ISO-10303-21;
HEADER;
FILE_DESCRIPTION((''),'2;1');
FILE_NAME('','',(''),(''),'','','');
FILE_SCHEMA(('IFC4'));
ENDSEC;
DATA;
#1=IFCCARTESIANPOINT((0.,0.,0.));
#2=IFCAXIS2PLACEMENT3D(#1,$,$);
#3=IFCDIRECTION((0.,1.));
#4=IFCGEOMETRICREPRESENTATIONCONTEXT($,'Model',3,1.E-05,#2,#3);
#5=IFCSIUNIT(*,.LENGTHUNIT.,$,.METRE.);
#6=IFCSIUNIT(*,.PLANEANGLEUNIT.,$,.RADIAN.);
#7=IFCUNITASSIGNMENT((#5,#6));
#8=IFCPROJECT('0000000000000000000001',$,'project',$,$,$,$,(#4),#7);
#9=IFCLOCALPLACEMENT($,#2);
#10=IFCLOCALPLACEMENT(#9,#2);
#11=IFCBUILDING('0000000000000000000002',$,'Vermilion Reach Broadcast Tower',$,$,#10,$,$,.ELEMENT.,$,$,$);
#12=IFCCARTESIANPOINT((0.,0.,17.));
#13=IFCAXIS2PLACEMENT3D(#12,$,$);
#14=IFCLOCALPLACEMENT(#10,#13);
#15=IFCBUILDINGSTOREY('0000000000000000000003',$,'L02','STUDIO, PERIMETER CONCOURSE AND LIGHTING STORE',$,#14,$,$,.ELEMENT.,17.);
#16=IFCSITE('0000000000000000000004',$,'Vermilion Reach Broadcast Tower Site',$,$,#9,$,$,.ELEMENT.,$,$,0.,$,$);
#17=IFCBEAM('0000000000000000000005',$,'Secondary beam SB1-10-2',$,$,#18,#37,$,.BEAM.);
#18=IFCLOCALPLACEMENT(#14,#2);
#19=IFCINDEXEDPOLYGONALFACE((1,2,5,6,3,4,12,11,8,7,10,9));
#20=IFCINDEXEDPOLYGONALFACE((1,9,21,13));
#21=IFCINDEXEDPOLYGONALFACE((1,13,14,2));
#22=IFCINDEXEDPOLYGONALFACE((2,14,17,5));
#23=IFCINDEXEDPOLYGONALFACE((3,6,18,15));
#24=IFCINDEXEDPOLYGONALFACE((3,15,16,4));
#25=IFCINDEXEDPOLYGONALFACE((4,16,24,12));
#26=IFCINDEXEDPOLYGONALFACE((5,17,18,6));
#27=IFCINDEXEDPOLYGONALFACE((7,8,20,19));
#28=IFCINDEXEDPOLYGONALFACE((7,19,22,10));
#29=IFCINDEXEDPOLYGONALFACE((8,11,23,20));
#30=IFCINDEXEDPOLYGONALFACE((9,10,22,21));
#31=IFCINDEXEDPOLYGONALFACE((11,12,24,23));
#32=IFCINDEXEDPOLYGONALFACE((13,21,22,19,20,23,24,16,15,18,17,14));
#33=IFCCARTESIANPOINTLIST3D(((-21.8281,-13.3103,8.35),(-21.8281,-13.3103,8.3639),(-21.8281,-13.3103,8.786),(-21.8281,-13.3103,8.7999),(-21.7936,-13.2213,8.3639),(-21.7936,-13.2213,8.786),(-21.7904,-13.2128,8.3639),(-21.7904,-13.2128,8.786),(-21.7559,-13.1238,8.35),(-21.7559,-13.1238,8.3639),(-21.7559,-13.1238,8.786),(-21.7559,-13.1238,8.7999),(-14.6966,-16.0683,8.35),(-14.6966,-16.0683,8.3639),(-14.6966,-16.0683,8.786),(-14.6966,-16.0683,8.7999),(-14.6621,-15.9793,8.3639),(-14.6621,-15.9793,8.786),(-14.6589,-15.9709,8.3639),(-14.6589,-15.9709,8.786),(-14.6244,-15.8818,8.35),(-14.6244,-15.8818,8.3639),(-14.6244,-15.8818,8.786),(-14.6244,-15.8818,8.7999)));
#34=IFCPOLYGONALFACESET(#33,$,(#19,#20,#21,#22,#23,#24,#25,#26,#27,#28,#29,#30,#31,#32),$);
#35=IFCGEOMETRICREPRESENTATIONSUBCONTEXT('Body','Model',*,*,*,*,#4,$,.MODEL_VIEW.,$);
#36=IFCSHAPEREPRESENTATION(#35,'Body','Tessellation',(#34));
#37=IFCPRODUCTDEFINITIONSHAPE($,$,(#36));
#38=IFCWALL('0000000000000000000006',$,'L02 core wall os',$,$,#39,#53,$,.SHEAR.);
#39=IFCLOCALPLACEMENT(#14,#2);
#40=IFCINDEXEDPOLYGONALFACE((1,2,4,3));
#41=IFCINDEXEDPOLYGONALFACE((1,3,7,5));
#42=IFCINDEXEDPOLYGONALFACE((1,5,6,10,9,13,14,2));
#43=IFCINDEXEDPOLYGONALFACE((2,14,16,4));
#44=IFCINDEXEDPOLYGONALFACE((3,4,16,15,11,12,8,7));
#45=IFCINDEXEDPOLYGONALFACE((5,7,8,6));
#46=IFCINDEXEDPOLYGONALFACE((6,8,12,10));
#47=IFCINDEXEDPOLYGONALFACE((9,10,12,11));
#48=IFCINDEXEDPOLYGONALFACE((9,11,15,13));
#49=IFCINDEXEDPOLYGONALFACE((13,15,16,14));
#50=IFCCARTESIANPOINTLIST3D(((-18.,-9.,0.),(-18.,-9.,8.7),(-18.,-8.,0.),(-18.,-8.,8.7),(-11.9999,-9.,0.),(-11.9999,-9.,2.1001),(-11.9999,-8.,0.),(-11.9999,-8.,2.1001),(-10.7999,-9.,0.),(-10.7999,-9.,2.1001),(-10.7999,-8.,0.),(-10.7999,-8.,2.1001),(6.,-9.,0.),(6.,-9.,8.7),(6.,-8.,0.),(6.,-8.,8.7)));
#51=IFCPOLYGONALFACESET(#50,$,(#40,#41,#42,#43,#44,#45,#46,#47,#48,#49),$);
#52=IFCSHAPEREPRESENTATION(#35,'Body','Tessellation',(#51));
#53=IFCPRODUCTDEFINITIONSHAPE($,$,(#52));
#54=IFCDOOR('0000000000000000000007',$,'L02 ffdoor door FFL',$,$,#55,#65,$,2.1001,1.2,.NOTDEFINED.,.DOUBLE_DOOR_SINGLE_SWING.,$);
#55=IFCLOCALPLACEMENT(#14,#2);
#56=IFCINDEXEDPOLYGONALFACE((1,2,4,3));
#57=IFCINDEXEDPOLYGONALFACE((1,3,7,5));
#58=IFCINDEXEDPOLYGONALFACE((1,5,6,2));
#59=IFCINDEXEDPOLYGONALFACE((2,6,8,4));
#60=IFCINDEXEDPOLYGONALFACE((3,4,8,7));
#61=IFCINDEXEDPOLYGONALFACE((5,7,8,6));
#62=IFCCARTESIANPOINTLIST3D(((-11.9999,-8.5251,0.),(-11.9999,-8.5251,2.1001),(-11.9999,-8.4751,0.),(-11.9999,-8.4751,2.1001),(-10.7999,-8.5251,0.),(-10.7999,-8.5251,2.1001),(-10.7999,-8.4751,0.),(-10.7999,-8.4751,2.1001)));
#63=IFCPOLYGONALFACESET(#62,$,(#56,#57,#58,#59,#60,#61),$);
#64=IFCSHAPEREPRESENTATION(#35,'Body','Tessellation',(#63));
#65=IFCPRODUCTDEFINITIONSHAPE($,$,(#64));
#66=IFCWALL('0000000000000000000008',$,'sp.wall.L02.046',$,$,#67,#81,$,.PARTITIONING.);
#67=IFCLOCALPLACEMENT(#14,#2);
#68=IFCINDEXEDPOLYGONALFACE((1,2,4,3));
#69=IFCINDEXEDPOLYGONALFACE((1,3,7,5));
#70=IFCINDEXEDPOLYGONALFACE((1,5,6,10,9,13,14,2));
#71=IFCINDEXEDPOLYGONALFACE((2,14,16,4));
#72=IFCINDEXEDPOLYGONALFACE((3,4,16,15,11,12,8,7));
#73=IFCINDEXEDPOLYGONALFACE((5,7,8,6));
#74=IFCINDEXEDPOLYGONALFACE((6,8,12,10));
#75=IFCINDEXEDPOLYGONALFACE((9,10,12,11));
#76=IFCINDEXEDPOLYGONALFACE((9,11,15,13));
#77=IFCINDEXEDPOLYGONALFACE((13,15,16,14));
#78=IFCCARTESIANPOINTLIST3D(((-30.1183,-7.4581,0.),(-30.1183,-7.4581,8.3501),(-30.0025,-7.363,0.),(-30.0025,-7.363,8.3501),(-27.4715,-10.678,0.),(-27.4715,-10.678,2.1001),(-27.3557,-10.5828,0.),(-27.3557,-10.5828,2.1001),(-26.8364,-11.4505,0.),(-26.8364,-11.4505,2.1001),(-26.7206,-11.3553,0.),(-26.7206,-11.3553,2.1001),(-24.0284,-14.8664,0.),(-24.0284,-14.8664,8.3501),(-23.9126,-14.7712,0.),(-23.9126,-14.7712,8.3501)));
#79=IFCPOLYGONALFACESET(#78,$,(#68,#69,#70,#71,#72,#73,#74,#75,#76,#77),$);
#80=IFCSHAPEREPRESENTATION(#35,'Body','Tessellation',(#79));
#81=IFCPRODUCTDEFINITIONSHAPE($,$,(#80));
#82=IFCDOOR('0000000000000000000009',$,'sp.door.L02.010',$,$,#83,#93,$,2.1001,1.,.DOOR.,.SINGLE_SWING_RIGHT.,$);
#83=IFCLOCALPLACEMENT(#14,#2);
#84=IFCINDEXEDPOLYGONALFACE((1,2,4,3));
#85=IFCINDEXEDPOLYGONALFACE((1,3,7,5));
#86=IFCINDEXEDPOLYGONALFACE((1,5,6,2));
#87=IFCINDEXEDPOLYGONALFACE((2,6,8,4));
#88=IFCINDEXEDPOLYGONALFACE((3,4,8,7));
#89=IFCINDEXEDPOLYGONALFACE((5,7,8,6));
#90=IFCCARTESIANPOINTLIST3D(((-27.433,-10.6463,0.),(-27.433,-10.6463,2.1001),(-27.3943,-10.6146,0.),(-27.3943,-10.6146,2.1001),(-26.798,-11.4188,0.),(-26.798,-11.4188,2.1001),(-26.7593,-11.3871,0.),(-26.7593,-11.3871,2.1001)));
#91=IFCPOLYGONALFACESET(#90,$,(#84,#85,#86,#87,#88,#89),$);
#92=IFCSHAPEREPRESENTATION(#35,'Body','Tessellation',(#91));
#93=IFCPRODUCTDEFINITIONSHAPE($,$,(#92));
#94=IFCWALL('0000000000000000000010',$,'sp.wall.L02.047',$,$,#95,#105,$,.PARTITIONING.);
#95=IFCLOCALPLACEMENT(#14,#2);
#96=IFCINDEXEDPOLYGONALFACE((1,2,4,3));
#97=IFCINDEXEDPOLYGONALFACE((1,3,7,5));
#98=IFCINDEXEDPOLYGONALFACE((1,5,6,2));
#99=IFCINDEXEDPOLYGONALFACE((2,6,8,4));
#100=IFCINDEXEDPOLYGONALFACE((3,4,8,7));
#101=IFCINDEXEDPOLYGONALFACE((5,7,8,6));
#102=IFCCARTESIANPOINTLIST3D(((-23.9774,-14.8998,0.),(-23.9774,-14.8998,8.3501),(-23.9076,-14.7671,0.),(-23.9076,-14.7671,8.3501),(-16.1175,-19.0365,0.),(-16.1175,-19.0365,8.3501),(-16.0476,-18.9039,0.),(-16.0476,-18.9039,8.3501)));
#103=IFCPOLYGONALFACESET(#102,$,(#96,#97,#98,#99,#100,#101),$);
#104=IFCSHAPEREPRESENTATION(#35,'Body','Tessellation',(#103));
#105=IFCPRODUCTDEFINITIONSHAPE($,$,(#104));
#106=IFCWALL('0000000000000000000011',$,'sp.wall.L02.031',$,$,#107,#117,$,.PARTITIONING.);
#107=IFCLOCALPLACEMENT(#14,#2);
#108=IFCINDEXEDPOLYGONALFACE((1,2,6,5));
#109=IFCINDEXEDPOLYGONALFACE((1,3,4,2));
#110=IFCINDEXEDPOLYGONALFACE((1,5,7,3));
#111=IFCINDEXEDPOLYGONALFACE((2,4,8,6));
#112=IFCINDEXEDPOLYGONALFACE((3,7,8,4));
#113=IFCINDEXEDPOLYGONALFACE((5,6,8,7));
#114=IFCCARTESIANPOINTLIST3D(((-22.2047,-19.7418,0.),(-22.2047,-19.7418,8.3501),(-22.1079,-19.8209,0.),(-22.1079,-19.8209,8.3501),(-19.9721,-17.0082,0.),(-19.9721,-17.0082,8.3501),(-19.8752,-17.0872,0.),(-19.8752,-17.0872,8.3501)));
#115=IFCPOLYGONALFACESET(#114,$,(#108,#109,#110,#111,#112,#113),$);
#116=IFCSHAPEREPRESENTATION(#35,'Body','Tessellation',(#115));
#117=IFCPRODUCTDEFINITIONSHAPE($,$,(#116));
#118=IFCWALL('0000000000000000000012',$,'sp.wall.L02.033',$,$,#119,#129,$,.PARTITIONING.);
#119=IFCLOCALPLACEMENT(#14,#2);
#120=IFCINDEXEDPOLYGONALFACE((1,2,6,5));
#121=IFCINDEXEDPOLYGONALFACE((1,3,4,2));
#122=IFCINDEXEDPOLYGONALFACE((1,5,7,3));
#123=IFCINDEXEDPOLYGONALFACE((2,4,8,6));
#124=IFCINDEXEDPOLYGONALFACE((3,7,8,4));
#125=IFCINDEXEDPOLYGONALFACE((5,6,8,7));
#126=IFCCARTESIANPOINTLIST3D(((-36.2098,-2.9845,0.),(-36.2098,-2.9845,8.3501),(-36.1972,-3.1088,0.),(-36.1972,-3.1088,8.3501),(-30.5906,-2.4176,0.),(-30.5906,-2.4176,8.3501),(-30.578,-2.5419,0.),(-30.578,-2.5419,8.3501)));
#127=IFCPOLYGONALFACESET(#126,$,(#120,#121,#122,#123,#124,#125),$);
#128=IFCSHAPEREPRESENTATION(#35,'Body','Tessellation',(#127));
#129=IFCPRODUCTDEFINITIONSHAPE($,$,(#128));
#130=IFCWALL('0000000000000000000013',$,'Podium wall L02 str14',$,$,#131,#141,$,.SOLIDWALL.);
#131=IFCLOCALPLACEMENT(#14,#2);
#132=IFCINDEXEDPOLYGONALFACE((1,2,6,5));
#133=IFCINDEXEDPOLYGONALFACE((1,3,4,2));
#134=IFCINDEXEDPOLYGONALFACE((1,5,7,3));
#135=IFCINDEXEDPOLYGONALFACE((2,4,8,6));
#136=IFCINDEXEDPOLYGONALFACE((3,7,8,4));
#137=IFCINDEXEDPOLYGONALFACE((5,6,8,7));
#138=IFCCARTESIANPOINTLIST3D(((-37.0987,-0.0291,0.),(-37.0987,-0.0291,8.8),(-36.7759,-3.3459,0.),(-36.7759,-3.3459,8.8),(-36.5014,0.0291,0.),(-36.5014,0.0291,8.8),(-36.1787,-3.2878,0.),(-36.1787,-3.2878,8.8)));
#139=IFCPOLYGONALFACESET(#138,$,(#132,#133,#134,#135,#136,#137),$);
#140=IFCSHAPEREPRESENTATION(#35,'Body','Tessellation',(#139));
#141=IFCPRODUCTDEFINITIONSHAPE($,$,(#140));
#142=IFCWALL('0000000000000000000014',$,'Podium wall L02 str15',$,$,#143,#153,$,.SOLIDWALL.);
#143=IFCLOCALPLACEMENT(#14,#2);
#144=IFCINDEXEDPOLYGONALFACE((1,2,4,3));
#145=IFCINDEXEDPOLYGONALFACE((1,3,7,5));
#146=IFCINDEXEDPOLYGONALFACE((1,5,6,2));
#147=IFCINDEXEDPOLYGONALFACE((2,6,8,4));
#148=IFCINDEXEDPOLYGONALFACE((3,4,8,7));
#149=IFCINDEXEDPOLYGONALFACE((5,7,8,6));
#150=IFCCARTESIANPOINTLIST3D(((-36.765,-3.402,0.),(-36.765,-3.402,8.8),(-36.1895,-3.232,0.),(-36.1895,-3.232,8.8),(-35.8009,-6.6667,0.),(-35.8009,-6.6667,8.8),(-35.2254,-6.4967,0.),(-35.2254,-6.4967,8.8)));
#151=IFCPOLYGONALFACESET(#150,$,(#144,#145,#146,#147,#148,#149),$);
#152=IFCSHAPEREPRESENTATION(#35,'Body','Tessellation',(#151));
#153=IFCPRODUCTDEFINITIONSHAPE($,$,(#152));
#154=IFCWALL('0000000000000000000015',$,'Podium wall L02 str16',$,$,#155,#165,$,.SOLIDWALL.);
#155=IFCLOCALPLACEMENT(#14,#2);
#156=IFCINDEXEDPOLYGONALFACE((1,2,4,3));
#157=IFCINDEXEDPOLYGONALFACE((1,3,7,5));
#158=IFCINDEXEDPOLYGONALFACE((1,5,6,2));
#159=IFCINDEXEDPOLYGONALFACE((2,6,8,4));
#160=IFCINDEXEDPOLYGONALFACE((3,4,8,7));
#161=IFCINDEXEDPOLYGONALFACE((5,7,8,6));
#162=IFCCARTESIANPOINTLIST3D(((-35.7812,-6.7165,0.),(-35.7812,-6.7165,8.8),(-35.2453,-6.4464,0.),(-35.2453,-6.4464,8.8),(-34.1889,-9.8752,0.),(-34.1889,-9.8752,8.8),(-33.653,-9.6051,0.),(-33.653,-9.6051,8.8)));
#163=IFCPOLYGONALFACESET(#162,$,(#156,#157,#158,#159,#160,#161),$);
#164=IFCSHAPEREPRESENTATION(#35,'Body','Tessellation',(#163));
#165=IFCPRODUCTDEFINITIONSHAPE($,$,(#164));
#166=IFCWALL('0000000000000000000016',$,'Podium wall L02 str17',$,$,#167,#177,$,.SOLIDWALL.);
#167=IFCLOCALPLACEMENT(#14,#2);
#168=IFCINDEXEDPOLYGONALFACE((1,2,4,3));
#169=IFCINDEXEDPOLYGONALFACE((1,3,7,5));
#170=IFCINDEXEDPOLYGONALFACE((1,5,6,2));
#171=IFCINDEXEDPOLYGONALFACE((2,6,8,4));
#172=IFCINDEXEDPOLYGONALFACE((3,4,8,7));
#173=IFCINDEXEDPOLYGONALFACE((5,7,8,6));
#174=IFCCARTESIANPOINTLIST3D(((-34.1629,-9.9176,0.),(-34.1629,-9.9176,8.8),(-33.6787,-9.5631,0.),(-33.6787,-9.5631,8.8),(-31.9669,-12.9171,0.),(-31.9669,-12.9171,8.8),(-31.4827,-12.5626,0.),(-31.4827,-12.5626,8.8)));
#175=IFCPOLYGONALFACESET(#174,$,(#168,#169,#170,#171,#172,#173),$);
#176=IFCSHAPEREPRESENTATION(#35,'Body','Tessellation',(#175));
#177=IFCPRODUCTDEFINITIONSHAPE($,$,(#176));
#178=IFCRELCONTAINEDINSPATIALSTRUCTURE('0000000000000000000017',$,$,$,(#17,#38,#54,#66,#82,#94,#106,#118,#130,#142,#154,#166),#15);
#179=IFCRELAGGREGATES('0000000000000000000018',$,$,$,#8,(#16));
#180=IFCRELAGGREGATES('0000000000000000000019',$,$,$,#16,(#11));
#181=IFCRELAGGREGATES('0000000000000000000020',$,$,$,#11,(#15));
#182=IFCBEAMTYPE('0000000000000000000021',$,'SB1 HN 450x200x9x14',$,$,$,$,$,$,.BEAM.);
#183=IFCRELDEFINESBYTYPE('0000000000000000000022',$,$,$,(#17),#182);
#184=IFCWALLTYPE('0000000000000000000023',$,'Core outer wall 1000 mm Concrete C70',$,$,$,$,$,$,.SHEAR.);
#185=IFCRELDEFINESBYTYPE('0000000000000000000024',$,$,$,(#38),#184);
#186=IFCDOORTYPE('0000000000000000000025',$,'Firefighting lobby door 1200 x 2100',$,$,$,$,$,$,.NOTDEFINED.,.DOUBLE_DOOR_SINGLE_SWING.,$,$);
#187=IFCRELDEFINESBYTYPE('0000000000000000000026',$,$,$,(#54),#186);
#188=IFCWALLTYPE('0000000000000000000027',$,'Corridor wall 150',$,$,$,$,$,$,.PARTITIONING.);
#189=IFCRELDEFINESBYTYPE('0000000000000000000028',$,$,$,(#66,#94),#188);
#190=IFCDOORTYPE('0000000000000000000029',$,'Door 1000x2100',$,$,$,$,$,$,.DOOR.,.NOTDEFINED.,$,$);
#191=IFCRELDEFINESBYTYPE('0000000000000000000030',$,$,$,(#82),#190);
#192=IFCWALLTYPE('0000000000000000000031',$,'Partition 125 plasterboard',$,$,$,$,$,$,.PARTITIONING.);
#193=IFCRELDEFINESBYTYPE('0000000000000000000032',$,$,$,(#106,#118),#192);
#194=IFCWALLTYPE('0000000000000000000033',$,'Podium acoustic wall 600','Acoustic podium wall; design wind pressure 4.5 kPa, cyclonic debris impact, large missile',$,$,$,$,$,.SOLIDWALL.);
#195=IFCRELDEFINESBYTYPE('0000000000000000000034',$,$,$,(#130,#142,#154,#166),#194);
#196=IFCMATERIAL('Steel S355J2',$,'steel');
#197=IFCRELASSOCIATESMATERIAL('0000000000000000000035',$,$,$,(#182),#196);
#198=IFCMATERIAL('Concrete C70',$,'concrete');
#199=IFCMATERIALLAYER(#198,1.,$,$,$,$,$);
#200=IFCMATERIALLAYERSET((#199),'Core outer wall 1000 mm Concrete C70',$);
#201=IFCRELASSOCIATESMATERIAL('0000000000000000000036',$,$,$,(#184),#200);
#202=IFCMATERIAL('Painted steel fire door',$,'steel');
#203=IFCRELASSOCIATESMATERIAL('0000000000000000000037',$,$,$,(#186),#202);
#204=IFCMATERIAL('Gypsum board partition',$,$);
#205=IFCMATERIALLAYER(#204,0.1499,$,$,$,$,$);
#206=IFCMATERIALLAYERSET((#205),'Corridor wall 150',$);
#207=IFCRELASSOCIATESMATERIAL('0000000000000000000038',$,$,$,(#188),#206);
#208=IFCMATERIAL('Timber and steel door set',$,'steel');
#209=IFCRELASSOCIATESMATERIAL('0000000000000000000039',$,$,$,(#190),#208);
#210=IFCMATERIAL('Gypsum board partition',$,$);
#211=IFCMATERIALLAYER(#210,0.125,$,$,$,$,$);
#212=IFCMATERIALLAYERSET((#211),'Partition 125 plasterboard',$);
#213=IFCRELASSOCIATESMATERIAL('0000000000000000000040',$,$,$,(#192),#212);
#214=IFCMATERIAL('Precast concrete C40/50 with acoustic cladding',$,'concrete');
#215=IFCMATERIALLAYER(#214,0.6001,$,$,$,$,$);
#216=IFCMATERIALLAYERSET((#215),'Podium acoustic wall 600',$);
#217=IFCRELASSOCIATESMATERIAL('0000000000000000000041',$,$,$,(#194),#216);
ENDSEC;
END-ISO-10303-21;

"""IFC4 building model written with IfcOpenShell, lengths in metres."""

from ifc_helpers import new_model, si_unit, direction, frame, frame_2d, origin, origin_2d, place, context, subcontext, project, spatial, rectangle, i_section, extrude, material, layer, layer_set, material_profile, profile_set, type_object, element, fill, save


model = new_model("IFC4")

# Units and contexts
model_context = context("Model", 3, precision=1e-05, world=origin(), true_north=direction((0.0, 1.0)))
body_context = subcontext(model_context, "Body", "Model", "MODEL_VIEW")
ifc_project = project(units=[si_unit("LENGTHUNIT", "METRE"), si_unit("PLANEANGLEUNIT", "RADIAN")], contexts=[model_context])

# Site, building, storey
site_placement = place(None, origin())
site = spatial("IfcSite", under=ifc_project, at=site_placement, Name="Vermilion Reach Broadcast Tower Site", CompositionType="ELEMENT", RefElevation=0.0)
building_placement = place(site_placement, origin())
building = spatial("IfcBuilding", under=site, at=building_placement, Name="Vermilion Reach Broadcast Tower", CompositionType="ELEMENT")
storey_placement = place(building_placement, frame((0.0, 0.0, 17.0)))
storey = spatial("IfcBuildingStorey", under=building, at=storey_placement, Name="L02", Description="STUDIO, PERIMETER CONCOURSE AND LIGHTING STORE", CompositionType="ELEMENT", Elevation=17.0)

# Beam
ifc_material_1 = material(Name="Steel S355J2", Category="steel")
ifc_material_profile_1 = material_profile(ifc_material_1, i_section(OverallWidth=0.2, OverallDepth=0.45, WebThickness=0.009, FlangeThickness=0.0139, at=origin_2d()), Name="S355J2 HN 450x200x9x14")
ifc_profile_set_1 = profile_set([ifc_material_profile_1], Name="Steel S355J2")
beam_type_1 = type_object("IfcBeamType", Name="SB1 HN 450x200x9x14", PredefinedType="BEAM", material=ifc_profile_set_1)
beam_1_placement = place(storey_placement, frame((-21.792, -13.217, 8.575), z_axis=(0.932681, -0.360703, 0.0), x_axis=(0.360703, 0.932681, 0.0)))
element("IfcBeam", 1, at=beam_1_placement, inside=storey, type_object=beam_type_1, Name="Secondary beam SB1-10-2", PredefinedType="BEAM", context=body_context, shape_type="SweptSolid", body=[
    extrude(i_section(OverallWidth=0.2, OverallDepth=0.45, WebThickness=0.009, FlangeThickness=0.0139, at=origin_2d()), origin(), (0.0, 0.0, 1.0), 7.6462),
])

# Walls, openings, doors
ifc_material_2 = material(Name="Concrete C70", Category="concrete")
ifc_layer_1 = layer(ifc_material_2, 1.0)
ifc_layer_set_1 = layer_set([ifc_layer_1], Name="Core outer wall 1000 mm Concrete C70")
wall_type_1 = type_object("IfcWallType", Name="Core outer wall 1000 mm Concrete C70", PredefinedType="SHEAR", material=ifc_layer_set_1)
wall_1_placement = place(storey_placement, frame((-18.0, -8.5, 0.0), z_axis=(0.0, 0.0, 1.0), x_axis=(1.0, 0.0, 0.0)))
wall_1 = element("IfcWall", 2, at=wall_1_placement, inside=storey, type_object=wall_type_1, Name="L02 core wall os", PredefinedType="SHEAR", context=body_context, shape_type="SweptSolid", body=[
    extrude(rectangle(XDim=24.0, YDim=1.0, at=frame_2d((12.0, 0.0))), origin(), (0.0, 0.0, 1.0), 8.7),
])
opening_1_placement = place(wall_1_placement, frame((6.0, 0.0, 0.0)))
opening_1 = element("IfcOpeningElement", 3, at=opening_1_placement, cuts=wall_1, PredefinedType="OPENING", context=body_context, shape_type="SweptSolid", body=[
    extrude(rectangle(XDim=1.2, YDim=2.1001, at=frame_2d((0.6001, 1.05))), frame((0.0, 0.51, 0.0), z_axis=(0.0, -1.0, 0.0), x_axis=(1.0, 0.0, 0.0)), (0.0, 0.0, 1.0), 1.02),
])
ifc_material_3 = material(Name="Painted steel fire door", Category="steel")
door_type_1 = type_object("IfcDoorType", Name="Firefighting lobby door 1200 x 2100", OperationType="DOUBLE_DOOR_SINGLE_SWING", PredefinedType="NOTDEFINED", material=ifc_material_3)
door_1_placement = place(opening_1_placement, origin())
door_1 = element("IfcDoor", 4, at=door_1_placement, inside=storey, type_object=door_type_1, Name="L02 ffdoor door FFL", OperationType="DOUBLE_DOOR_SINGLE_SWING", OverallHeight=2.1001, OverallWidth=1.2, PredefinedType="NOTDEFINED", context=body_context, shape_type="SweptSolid", body=[
    extrude(rectangle(XDim=1.2, YDim=2.1001, at=frame_2d((0.6001, 1.05))), frame((0.0, 0.0249, 0.0), z_axis=(0.0, -1.0, 0.0), x_axis=(1.0, 0.0, 0.0)), (0.0, 0.0, 1.0), 0.05),
])
fill(opening_1, door_1)
ifc_material_4 = material(Name="Gypsum board partition")
ifc_layer_2 = layer(ifc_material_4, 0.1499)
ifc_layer_set_2 = layer_set([ifc_layer_2], Name="Corridor wall 150")
wall_type_2 = type_object("IfcWallType", Name="Corridor wall 150", PredefinedType="PARTITIONING", material=ifc_layer_set_2)
wall_2_placement = place(storey_placement, frame((-30.0603, -7.4106, 0.0), z_axis=(0.0, 0.0, 1.0), x_axis=(0.635022, -0.772494, 0.0)))
wall_2 = element("IfcWall", 5, at=wall_2_placement, inside=storey, type_object=wall_type_2, Name="sp.wall.L02.046", PredefinedType="PARTITIONING", context=body_context, shape_type="SweptSolid", body=[
    extrude(rectangle(XDim=9.5901, YDim=0.1499, at=frame_2d((4.7949, 0.0))), origin(), (0.0, 0.0, 1.0), 8.3501),
])
opening_2_placement = place(wall_2_placement, frame((4.168, 0.0, 0.0)))
opening_2 = element("IfcOpeningElement", 6, at=opening_2_placement, cuts=wall_2, PredefinedType="OPENING", context=body_context, shape_type="SweptSolid", body=[
    extrude(rectangle(XDim=1.0, YDim=2.1001, at=frame_2d((0.5, 1.05))), frame((0.0, 0.085, 0.0), z_axis=(0.0, -1.0, 0.0), x_axis=(1.0, 0.0, 0.0)), (0.0, 0.0, 1.0), 0.1699),
])
ifc_material_5 = material(Name="Timber and steel door set", Category="steel")
door_type_2 = type_object("IfcDoorType", Name="Door 1000x2100", OperationType="NOTDEFINED", PredefinedType="DOOR", material=ifc_material_5)
door_2_placement = place(opening_2_placement, origin())
door_2 = element("IfcDoor", 7, at=door_2_placement, inside=storey, type_object=door_type_2, Name="sp.door.L02.010", OperationType="SINGLE_SWING_RIGHT", OverallHeight=2.1001, OverallWidth=1.0, PredefinedType="DOOR", context=body_context, shape_type="SweptSolid", body=[
    extrude(rectangle(XDim=1.0, YDim=2.1001, at=frame_2d((0.5, 1.05))), frame((0.0, 0.0249, 0.0), z_axis=(0.0, -1.0, 0.0), x_axis=(1.0, 0.0, 0.0)), (0.0, 0.0, 1.0), 0.05),
])
fill(opening_2, door_2)

# Walls
wall_3_placement = place(storey_placement, frame((-23.9424, -14.8335, 0.0), z_axis=(0.0, 0.0, 1.0), x_axis=(0.884921, -0.465742, 0.0)))
element("IfcWall", 8, at=wall_3_placement, inside=storey, type_object=wall_type_2, Name="sp.wall.L02.047", PredefinedType="PARTITIONING", context=body_context, shape_type="SweptSolid", body=[
    extrude(rectangle(XDim=8.8821, YDim=0.1499, at=frame_2d((4.4409, 0.0))), origin(), (0.0, 0.0, 1.0), 8.3501),
])
ifc_material_6 = material(Name="Gypsum board partition")
ifc_layer_3 = layer(ifc_material_6, 0.125)
ifc_layer_set_3 = layer_set([ifc_layer_3], Name="Partition 125 plasterboard")
wall_type_3 = type_object("IfcWallType", Name="Partition 125 plasterboard", PredefinedType="PARTITIONING", material=ifc_layer_set_3)
wall_4_placement = place(storey_placement, frame((-22.1562, -19.7812, 0.0), z_axis=(0.0, 0.0, 1.0), x_axis=(0.632567, 0.774506, 0.0)))
element("IfcWall", 9, at=wall_4_placement, inside=storey, type_object=wall_type_3, Name="sp.wall.L02.031", PredefinedType="PARTITIONING", context=body_context, shape_type="SweptSolid", body=[
    extrude(rectangle(XDim=3.5295, YDim=0.125, at=frame_2d((1.7646, 0.0))), origin(), (0.0, 0.0, 1.0), 8.3501),
])
wall_5_placement = place(storey_placement, frame((-36.2034, -3.0466, 0.0), z_axis=(0.0, 0.0, 1.0), x_axis=(0.994949, 0.100377, 0.0)))
element("IfcWall", 10, at=wall_5_placement, inside=storey, type_object=wall_type_3, Name="sp.wall.L02.033", PredefinedType="PARTITIONING", context=body_context, shape_type="SweptSolid", body=[
    extrude(rectangle(XDim=5.6477, YDim=0.125, at=frame_2d((2.8237, 0.0))), origin(), (0.0, 0.0, 1.0), 8.3501),
])
ifc_material_7 = material(Name="Precast concrete C40/50 with acoustic cladding", Category="concrete")
ifc_layer_4 = layer(ifc_material_7, 0.6001)
ifc_layer_set_4 = layer_set([ifc_layer_4], Name="Podium acoustic wall 600")
wall_type_4 = type_object("IfcWallType", Name="Podium acoustic wall 600", Description="Acoustic podium wall; design wind pressure 4.5 kPa, cyclonic debris impact, large missile", PredefinedType="SOLIDWALL", material=ifc_layer_set_4)
wall_6_placement = place(storey_placement, frame((-36.8, 0.0, 0.0), z_axis=(0.0, 0.0, 1.0), x_axis=(0.096849, -0.995299, 0.0)))
element("IfcWall", 11, at=wall_6_placement, inside=storey, type_object=wall_type_4, Name="Podium wall L02 str14", PredefinedType="SOLIDWALL", context=body_context, shape_type="SweptSolid", body=[
    extrude(rectangle(XDim=3.3325, YDim=0.6001, at=frame_2d((1.6663, 0.0))), origin(), (0.0, 0.0, 1.0), 8.8),
])
wall_7_placement = place(storey_placement, frame((-36.4773, -3.3169, 0.0), z_axis=(0.0, 0.0, 1.0), x_axis=(0.283226, -0.959053, 0.0)))
element("IfcWall", 12, at=wall_7_placement, inside=storey, type_object=wall_type_4, Name="Podium wall L02 str15", PredefinedType="SOLIDWALL", context=body_context, shape_type="SweptSolid", body=[
    extrude(rectangle(XDim=3.4041, YDim=0.6001, at=frame_2d((1.7021, 0.0))), origin(), (0.0, 0.0, 1.0), 8.8),
])
wall_8_placement = place(storey_placement, frame((-35.5132, -6.5815, 0.0), z_axis=(0.0, 0.0, 1.0), x_axis=(0.450138, -0.892959, 0.0)))
element("IfcWall", 13, at=wall_8_placement, inside=storey, type_object=wall_type_4, Name="Podium wall L02 str16", PredefinedType="SOLIDWALL", context=body_context, shape_type="SweptSolid", body=[
    extrude(rectangle(XDim=3.5374, YDim=0.6001, at=frame_2d((1.7686, 0.0))), origin(), (0.0, 0.0, 1.0), 8.8),
])
wall_9_placement = place(storey_placement, frame((-33.9209, -9.7402, 0.0), z_axis=(0.0, 0.0, 1.0), x_axis=(0.590734, -0.806866, 0.0)))
element("IfcWall", 14, at=wall_9_placement, inside=storey, type_object=wall_type_4, Name="Podium wall L02 str17", PredefinedType="SOLIDWALL", context=body_context, shape_type="SweptSolid", body=[
    extrude(rectangle(XDim=3.7175, YDim=0.6001, at=frame_2d((1.8589, 0.0))), origin(), (0.0, 0.0, 1.0), 8.8),
])

save(model, "model.ifc")
